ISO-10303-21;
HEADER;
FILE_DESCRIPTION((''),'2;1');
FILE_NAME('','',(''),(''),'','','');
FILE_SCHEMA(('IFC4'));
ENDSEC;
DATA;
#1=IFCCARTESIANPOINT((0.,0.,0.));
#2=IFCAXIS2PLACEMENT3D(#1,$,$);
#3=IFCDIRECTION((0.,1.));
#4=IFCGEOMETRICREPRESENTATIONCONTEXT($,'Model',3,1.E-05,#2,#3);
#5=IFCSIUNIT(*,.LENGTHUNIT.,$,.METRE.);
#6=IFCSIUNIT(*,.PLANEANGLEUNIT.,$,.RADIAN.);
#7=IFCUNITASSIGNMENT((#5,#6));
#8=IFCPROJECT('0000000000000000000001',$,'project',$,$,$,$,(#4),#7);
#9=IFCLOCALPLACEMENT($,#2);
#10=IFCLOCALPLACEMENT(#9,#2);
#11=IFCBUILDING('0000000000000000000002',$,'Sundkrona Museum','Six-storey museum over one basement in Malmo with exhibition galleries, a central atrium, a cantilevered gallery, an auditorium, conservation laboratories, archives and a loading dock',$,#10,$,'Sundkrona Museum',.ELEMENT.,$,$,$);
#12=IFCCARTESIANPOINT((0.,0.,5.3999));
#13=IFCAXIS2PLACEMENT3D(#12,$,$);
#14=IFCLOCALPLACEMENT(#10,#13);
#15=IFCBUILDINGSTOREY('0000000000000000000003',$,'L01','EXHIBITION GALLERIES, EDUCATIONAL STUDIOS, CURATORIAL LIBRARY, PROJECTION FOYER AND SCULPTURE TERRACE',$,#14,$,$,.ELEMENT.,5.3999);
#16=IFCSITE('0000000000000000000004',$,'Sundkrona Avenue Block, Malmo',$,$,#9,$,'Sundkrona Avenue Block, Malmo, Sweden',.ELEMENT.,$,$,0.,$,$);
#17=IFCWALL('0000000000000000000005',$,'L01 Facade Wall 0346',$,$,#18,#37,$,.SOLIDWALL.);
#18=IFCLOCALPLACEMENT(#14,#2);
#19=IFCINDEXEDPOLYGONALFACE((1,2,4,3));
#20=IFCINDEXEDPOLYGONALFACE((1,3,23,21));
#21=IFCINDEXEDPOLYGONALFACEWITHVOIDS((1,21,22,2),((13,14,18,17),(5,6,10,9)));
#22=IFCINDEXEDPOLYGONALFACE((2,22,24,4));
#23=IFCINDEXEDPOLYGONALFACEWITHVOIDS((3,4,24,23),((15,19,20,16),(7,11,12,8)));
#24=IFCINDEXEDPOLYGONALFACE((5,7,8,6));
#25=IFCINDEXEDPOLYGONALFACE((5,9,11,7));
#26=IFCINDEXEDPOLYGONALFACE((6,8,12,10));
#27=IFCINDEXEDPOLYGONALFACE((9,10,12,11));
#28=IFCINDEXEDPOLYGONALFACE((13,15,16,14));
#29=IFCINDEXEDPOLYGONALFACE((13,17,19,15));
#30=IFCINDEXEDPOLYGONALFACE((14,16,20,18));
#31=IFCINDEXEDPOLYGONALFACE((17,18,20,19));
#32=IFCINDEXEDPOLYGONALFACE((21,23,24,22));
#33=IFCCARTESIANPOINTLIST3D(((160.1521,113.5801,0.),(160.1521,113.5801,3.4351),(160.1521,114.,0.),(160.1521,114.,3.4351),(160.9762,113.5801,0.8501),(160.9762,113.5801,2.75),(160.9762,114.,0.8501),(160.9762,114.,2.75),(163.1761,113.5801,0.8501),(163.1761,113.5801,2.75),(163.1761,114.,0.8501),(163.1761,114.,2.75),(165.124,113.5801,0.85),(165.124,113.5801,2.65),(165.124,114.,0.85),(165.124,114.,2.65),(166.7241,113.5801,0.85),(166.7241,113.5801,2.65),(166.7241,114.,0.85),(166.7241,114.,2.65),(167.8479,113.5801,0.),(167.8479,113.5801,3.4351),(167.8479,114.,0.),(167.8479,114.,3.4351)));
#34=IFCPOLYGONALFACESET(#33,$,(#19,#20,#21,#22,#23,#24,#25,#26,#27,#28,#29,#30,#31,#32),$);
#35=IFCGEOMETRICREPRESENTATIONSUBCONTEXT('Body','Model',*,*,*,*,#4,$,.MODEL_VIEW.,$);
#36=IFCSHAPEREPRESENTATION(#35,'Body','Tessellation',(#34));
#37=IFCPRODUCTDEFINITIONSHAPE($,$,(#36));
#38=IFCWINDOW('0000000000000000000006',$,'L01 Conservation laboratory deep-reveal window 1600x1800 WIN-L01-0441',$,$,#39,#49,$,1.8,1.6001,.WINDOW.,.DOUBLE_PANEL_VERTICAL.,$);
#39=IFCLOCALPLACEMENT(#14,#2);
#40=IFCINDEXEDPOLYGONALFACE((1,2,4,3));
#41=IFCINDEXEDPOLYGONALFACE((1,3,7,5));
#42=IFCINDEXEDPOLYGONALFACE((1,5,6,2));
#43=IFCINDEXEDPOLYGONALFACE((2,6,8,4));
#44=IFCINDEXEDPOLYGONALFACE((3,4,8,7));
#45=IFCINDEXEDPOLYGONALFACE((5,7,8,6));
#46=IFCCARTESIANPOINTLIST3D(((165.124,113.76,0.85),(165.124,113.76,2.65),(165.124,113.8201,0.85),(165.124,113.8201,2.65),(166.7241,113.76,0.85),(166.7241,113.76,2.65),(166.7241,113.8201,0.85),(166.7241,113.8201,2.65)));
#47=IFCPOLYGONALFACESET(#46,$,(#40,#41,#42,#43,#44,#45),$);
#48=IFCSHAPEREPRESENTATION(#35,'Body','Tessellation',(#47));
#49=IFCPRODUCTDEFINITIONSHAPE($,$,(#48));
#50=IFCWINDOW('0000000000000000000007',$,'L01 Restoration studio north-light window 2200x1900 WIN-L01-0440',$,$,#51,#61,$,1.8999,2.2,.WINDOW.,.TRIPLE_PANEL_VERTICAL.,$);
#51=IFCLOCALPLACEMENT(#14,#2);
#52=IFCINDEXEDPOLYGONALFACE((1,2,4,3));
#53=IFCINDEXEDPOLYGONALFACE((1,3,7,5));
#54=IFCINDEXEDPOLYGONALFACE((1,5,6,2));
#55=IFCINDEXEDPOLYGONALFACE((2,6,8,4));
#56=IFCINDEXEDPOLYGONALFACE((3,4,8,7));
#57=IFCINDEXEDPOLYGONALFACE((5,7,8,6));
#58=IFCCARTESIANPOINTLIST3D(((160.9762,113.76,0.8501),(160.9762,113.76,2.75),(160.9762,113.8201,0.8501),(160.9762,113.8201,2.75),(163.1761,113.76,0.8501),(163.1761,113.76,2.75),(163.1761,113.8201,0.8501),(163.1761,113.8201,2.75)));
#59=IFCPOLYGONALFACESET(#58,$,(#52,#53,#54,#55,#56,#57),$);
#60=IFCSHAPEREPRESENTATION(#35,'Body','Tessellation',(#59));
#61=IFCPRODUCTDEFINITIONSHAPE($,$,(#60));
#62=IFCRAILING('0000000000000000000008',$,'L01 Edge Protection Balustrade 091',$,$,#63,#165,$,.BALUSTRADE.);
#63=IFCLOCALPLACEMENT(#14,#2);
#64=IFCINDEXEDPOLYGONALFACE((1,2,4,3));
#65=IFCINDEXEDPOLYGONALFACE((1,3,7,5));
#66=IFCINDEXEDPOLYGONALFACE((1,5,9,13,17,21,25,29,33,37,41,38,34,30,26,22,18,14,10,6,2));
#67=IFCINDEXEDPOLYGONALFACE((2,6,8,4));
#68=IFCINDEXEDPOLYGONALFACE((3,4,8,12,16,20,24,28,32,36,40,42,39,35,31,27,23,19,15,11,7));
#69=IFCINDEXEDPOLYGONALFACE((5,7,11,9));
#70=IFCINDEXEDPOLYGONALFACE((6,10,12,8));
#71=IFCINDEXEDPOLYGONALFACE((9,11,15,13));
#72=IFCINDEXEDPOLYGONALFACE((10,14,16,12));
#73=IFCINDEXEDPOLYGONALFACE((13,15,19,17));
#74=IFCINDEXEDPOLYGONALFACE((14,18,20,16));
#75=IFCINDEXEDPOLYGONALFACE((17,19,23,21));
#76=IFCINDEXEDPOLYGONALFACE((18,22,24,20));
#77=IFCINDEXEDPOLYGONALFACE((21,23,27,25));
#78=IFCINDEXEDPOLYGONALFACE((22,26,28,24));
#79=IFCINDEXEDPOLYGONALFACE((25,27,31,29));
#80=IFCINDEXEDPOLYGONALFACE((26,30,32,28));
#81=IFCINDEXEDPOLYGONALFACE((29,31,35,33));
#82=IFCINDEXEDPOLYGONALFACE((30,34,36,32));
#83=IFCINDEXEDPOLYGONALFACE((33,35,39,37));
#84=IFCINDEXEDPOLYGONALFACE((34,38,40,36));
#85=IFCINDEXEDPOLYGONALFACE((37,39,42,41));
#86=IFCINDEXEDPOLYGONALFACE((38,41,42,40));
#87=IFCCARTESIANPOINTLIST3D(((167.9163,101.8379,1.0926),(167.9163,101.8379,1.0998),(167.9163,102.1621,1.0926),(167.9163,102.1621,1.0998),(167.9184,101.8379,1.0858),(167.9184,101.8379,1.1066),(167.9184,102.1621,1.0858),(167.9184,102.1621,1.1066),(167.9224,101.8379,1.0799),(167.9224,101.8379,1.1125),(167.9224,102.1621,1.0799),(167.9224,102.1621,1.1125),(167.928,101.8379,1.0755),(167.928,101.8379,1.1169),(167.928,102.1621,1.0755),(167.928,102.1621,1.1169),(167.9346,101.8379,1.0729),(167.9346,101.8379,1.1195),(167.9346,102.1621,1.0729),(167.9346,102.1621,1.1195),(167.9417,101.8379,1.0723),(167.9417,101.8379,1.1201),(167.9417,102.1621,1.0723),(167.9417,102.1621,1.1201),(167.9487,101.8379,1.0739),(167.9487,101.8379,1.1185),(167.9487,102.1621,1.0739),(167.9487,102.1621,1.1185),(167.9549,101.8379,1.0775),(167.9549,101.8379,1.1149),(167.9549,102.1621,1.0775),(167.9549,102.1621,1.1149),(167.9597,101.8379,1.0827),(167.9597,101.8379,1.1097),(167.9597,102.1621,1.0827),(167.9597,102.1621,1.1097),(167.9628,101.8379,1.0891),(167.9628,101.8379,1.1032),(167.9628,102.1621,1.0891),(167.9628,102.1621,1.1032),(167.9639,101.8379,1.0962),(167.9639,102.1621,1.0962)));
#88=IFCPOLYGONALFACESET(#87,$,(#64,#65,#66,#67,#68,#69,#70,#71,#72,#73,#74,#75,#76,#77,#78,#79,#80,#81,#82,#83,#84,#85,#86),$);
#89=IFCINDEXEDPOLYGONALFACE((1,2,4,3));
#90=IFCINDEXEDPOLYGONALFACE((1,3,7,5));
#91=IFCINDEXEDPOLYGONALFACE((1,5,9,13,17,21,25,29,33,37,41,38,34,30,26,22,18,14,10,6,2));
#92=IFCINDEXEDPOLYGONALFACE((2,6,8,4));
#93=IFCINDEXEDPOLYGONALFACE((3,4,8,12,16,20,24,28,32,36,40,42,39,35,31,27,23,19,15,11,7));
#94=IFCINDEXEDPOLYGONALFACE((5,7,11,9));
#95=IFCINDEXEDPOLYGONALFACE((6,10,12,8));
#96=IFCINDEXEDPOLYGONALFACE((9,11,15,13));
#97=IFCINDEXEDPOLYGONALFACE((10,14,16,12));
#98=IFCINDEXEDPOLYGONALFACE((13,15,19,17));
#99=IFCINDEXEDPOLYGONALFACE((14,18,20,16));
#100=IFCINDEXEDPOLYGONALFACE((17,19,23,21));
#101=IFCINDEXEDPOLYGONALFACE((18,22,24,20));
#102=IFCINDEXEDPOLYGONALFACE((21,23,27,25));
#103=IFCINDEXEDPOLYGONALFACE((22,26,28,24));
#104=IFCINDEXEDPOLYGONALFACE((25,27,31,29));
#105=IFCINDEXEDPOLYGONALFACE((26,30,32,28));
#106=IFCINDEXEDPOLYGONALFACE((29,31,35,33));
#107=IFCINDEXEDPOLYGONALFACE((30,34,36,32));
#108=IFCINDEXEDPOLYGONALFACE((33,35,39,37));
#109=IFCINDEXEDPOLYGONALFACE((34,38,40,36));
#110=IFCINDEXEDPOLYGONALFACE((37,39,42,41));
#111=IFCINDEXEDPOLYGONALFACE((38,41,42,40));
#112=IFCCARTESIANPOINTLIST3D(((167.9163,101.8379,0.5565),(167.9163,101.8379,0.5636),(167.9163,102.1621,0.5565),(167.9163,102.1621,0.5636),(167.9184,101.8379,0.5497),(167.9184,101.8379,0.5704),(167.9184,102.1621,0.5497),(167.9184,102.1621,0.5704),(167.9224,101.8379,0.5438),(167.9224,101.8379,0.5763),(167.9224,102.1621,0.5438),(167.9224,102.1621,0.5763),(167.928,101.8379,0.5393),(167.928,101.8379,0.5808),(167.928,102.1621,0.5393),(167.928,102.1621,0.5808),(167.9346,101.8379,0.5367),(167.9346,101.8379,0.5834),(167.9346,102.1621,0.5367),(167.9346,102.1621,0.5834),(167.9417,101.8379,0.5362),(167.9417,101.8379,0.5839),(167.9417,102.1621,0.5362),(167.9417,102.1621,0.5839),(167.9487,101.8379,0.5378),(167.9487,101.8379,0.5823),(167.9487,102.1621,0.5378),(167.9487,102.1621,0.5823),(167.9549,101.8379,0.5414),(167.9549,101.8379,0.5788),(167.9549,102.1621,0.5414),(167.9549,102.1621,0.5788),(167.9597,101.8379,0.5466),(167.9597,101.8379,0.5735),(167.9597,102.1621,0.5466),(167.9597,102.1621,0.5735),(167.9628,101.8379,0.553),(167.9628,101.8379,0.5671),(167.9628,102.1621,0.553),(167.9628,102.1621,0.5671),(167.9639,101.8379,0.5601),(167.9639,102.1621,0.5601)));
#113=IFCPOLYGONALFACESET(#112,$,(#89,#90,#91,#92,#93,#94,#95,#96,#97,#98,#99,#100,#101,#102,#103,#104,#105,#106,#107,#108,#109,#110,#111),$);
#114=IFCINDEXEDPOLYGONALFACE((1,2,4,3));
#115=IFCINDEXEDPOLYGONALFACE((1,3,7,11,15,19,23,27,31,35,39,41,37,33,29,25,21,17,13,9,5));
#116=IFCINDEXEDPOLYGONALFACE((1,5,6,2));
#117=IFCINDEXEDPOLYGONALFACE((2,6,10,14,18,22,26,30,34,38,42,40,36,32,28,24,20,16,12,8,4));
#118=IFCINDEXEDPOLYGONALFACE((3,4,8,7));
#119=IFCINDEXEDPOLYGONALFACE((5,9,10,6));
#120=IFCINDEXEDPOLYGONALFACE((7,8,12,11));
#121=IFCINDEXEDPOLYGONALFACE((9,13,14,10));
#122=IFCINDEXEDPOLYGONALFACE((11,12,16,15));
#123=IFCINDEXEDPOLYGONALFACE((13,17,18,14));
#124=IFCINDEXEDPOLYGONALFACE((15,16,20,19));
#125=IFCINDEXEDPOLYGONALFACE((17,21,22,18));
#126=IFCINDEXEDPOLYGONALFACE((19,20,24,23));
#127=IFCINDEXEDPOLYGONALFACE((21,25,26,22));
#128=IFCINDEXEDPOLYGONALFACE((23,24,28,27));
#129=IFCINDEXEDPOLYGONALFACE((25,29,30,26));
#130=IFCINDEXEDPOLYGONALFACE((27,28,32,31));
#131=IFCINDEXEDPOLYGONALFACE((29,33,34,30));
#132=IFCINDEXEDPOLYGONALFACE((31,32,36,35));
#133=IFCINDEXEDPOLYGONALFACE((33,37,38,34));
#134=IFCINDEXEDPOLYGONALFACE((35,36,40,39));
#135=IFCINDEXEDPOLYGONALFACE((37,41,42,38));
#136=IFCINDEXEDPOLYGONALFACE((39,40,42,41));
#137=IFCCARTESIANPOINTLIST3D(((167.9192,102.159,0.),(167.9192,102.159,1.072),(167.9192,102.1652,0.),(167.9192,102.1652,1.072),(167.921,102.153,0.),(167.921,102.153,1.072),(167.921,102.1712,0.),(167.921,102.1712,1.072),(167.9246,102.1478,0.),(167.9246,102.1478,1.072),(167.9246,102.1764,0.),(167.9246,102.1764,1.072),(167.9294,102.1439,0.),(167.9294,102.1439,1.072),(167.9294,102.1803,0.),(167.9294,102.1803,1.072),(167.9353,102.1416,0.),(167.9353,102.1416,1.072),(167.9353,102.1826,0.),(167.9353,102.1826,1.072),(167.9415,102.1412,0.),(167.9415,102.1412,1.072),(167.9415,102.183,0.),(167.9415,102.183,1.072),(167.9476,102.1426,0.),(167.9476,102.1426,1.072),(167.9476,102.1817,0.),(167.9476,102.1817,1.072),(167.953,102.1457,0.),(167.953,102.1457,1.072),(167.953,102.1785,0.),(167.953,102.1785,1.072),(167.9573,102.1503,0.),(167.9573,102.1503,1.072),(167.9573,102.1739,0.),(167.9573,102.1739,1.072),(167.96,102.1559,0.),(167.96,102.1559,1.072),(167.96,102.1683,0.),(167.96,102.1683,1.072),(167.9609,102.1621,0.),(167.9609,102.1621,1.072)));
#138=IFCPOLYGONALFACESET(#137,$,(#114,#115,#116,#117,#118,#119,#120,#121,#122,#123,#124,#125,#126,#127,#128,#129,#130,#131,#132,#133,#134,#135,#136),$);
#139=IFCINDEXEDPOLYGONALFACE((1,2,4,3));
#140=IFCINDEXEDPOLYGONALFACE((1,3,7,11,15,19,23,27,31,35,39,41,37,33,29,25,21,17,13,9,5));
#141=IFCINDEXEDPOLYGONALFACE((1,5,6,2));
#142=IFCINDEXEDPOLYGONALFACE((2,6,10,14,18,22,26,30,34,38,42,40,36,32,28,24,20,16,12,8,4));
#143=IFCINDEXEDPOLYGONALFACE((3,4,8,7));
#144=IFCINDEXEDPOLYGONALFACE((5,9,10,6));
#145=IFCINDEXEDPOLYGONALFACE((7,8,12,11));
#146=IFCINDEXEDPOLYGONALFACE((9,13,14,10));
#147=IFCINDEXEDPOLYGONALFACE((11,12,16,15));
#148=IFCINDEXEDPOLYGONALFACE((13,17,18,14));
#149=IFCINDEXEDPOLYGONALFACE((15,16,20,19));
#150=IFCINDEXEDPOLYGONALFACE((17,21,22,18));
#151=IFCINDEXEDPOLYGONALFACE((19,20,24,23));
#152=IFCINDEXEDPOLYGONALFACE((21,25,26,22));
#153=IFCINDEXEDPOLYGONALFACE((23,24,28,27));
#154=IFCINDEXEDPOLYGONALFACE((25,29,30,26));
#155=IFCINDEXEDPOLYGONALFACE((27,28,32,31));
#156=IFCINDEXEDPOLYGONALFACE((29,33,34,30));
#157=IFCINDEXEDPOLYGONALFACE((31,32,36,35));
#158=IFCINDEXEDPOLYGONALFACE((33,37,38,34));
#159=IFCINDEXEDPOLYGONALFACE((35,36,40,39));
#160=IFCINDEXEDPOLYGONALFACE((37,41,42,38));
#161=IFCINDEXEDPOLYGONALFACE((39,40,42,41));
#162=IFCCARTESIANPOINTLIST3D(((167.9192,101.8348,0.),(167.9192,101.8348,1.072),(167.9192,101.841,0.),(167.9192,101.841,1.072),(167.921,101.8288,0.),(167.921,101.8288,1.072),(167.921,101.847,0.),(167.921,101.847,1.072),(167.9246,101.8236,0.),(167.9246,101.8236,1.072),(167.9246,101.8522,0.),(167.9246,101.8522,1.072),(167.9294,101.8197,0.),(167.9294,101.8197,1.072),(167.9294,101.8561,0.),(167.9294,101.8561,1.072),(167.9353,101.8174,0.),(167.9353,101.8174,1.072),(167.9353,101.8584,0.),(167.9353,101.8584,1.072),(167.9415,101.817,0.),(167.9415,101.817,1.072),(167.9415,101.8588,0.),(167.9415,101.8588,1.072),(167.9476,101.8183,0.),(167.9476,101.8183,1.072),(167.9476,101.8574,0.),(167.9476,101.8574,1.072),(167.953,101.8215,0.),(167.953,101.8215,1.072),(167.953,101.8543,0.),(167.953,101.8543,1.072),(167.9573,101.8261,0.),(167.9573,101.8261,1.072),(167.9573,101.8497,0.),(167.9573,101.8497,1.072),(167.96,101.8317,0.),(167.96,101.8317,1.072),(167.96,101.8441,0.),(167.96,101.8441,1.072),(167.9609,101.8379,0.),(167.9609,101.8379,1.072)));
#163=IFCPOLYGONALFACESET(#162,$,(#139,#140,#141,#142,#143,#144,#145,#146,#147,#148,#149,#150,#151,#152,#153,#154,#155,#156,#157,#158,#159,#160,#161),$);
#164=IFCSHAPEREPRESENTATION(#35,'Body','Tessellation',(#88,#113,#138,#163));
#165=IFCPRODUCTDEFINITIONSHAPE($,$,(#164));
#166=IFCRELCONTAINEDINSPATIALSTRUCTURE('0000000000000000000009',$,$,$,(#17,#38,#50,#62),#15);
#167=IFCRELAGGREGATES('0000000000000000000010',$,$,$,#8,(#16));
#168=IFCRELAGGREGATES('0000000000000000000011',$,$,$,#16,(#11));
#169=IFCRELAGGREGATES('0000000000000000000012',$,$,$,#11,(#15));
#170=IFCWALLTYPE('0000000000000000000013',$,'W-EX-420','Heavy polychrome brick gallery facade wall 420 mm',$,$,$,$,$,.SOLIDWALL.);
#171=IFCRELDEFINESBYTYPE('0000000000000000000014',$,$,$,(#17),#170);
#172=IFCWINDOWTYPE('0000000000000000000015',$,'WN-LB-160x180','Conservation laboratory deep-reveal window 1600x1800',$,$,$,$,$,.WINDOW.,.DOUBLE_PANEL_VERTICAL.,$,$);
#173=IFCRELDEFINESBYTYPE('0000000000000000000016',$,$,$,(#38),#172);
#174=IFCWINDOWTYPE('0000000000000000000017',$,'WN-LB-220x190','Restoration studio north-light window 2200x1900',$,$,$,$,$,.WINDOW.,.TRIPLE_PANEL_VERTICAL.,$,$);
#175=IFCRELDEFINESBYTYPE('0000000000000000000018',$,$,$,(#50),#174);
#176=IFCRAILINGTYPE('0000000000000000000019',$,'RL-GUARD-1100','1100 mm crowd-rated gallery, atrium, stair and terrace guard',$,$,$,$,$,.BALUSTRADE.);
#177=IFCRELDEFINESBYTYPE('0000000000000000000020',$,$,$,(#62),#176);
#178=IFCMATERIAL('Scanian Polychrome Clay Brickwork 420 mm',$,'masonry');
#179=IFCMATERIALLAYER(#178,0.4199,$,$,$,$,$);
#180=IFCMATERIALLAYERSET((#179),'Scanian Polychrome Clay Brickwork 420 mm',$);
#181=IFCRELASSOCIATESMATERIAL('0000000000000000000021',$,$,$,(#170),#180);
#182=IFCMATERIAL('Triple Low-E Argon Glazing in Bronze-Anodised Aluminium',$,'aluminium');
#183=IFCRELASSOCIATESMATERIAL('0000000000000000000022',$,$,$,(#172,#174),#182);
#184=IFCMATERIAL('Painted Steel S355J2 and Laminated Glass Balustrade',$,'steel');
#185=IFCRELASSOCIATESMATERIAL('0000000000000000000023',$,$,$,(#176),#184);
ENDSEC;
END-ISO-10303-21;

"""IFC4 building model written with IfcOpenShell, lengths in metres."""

from ifc_helpers import new_model, si_unit, direction, frame, frame_2d, origin, origin_2d, place, context, subcontext, project, spatial, rectangle, circle, extrude, material, layer, layer_set, type_object, element, fill, save


model = new_model("IFC4")

# Units and contexts
model_context = context("Model", 3, precision=1e-05, world=origin(), true_north=direction((0.0, 1.0)))
body_context = subcontext(model_context, "Body", "Model", "MODEL_VIEW")
ifc_project = project(units=[si_unit("LENGTHUNIT", "METRE"), si_unit("PLANEANGLEUNIT", "RADIAN")], contexts=[model_context])

# Site, building, storey
site_placement = place(None, origin())
site = spatial("IfcSite", under=ifc_project, at=site_placement, Name="Sundkrona Avenue Block, Malmo", LongName="Sundkrona Avenue Block, Malmo, Sweden", CompositionType="ELEMENT", RefElevation=0.0)
building_placement = place(site_placement, origin())
building = spatial("IfcBuilding", under=site, at=building_placement, Name="Sundkrona Museum", Description="Six-storey museum over one basement in Malmo with exhibition galleries, a central atrium, a cantilevered gallery, an auditorium, conservation laboratories, archives and a loading dock", LongName="Sundkrona Museum", CompositionType="ELEMENT")
storey_placement = place(building_placement, frame((0.0, 0.0, 5.3999)))
storey = spatial("IfcBuildingStorey", under=building, at=storey_placement, Name="L01", Description="EXHIBITION GALLERIES, EDUCATIONAL STUDIOS, CURATORIAL LIBRARY, PROJECTION FOYER AND SCULPTURE TERRACE", CompositionType="ELEMENT", Elevation=5.3999)

# Shared definitions
ifc_material_1 = material(Name="Scanian Polychrome Clay Brickwork 420 mm", Category="masonry")
ifc_layer = layer(ifc_material_1, 0.4199)
ifc_layer_set = layer_set([ifc_layer], Name="Scanian Polychrome Clay Brickwork 420 mm")
wall_type = type_object("IfcWallType", Name="W-EX-420", Description="Heavy polychrome brick gallery facade wall 420 mm", PredefinedType="SOLIDWALL", material=ifc_layer_set)

# Wall, openings, windows
wall_placement = place(storey_placement, frame((160.1521, 113.79, 0.0), z_axis=(0.0, 0.0, 1.0), x_axis=(1.0, 0.0, 0.0)))
wall = element("IfcWall", 1, at=wall_placement, inside=storey, type_object=wall_type, Name="L01 Facade Wall 0346", PredefinedType="SOLIDWALL", context=body_context, shape_type="SweptSolid", body=[
    extrude(rectangle(XDim=7.6958, YDim=0.4199, at=frame_2d((3.8479, 0.0))), origin(), (0.0, 0.0, 1.0), 3.4351),
])
opening_1_placement = place(wall_placement, frame((0.824, 0.0, 0.8501)))
opening_1 = element("IfcOpeningElement", 2, at=opening_1_placement, cuts=wall, PredefinedType="OPENING", context=body_context, shape_type="SweptSolid", body=[
    extrude(rectangle(XDim=2.2, YDim=1.8999, at=frame_2d((1.1001, 0.95))), frame((0.0, 0.22, 0.0), z_axis=(0.0, -1.0, 0.0), x_axis=(1.0, 0.0, 0.0)), (0.0, 0.0, 1.0), 0.4399),
])
opening_2_placement = place(wall_placement, frame((4.9719, 0.0, 0.8501)))
opening_2 = element("IfcOpeningElement", 3, at=opening_2_placement, cuts=wall, PredefinedType="OPENING", context=body_context, shape_type="SweptSolid", body=[
    extrude(rectangle(XDim=1.6001, YDim=1.8, at=frame_2d((0.8, 0.8999))), frame((0.0, 0.22, 0.0), z_axis=(0.0, -1.0, 0.0), x_axis=(1.0, 0.0, 0.0)), (0.0, 0.0, 1.0), 0.4399),
])
ifc_material_2 = material(Name="Triple Low-E Argon Glazing in Bronze-Anodised Aluminium", Category="aluminium")
window_type_1 = type_object("IfcWindowType", Name="WN-LB-160x180", Description="Conservation laboratory deep-reveal window 1600x1800", PartitioningType="DOUBLE_PANEL_VERTICAL", PredefinedType="WINDOW", material=ifc_material_2)
window_1_placement = place(opening_2_placement, origin())
window_1 = element("IfcWindow", 4, at=window_1_placement, inside=storey, type_object=window_type_1, Name="L01 Conservation laboratory deep-reveal window 1600x1800 WIN-L01-0441", OverallHeight=1.8, OverallWidth=1.6001, PartitioningType="DOUBLE_PANEL_VERTICAL", PredefinedType="WINDOW", context=body_context, shape_type="SweptSolid", body=[
    extrude(rectangle(XDim=1.6001, YDim=1.8, at=frame_2d((0.8, 0.8999))), frame((0.0, 0.03, 0.0), z_axis=(0.0, -1.0, 0.0), x_axis=(1.0, 0.0, 0.0)), (0.0, 0.0, 1.0), 0.0601),
])
fill(opening_2, window_1)
window_type_2 = type_object("IfcWindowType", Name="WN-LB-220x190", Description="Restoration studio north-light window 2200x1900", PartitioningType="TRIPLE_PANEL_VERTICAL", PredefinedType="WINDOW", material=ifc_material_2)
window_2_placement = place(opening_1_placement, origin())
window_2 = element("IfcWindow", 5, at=window_2_placement, inside=storey, type_object=window_type_2, Name="L01 Restoration studio north-light window 2200x1900 WIN-L01-0440", OverallHeight=1.8999, OverallWidth=2.2, PartitioningType="TRIPLE_PANEL_VERTICAL", PredefinedType="WINDOW", context=body_context, shape_type="SweptSolid", body=[
    extrude(rectangle(XDim=2.2, YDim=1.8999, at=frame_2d((1.1001, 0.95))), frame((0.0, 0.03, 0.0), z_axis=(0.0, -1.0, 0.0), x_axis=(1.0, 0.0, 0.0)), (0.0, 0.0, 1.0), 0.0601),
])
fill(opening_1, window_2)

# Railing
ifc_material_3 = material(Name="Painted Steel S355J2 and Laminated Glass Balustrade", Category="steel")
railing_type = type_object("IfcRailingType", Name="RL-GUARD-1100", Description="1100 mm crowd-rated gallery, atrium, stair and terrace guard", PredefinedType="BALUSTRADE", material=ifc_material_3)
for number, where, name in (
    (6, (167.9399, 102.1621, 0.0), "L01 Edge Protection Balustrade 091"),
):
    element("IfcRailing", number, at=place(storey_placement, frame(where)), inside=storey, type_object=railing_type, Name=name, PredefinedType="BALUSTRADE", context=body_context, shape_type="SweptSolid", body=[
        extrude(circle(Radius=0.0239, at=origin_2d()), frame((0.0, 0.0, 1.0962), z_axis=(0.0, -1.0, 0.0), x_axis=(1.0, 0.0, 0.0)), (0.0, 0.0, 1.0), 0.3242),
        extrude(circle(Radius=0.0239, at=origin_2d()), frame((0.0, 0.0, 0.5601), z_axis=(0.0, -1.0, 0.0), x_axis=(1.0, 0.0, 0.0)), (0.0, 0.0, 1.0), 0.3242),
        extrude(circle(Radius=0.021, at=origin_2d()), origin(), (0.0, 0.0, 1.0), 1.072),
        extrude(circle(Radius=0.021, at=origin_2d()), frame((0.0, -0.3242, 0.0)), (0.0, 0.0, 1.0), 1.072),
    ])

save(model, "model.ifc")
